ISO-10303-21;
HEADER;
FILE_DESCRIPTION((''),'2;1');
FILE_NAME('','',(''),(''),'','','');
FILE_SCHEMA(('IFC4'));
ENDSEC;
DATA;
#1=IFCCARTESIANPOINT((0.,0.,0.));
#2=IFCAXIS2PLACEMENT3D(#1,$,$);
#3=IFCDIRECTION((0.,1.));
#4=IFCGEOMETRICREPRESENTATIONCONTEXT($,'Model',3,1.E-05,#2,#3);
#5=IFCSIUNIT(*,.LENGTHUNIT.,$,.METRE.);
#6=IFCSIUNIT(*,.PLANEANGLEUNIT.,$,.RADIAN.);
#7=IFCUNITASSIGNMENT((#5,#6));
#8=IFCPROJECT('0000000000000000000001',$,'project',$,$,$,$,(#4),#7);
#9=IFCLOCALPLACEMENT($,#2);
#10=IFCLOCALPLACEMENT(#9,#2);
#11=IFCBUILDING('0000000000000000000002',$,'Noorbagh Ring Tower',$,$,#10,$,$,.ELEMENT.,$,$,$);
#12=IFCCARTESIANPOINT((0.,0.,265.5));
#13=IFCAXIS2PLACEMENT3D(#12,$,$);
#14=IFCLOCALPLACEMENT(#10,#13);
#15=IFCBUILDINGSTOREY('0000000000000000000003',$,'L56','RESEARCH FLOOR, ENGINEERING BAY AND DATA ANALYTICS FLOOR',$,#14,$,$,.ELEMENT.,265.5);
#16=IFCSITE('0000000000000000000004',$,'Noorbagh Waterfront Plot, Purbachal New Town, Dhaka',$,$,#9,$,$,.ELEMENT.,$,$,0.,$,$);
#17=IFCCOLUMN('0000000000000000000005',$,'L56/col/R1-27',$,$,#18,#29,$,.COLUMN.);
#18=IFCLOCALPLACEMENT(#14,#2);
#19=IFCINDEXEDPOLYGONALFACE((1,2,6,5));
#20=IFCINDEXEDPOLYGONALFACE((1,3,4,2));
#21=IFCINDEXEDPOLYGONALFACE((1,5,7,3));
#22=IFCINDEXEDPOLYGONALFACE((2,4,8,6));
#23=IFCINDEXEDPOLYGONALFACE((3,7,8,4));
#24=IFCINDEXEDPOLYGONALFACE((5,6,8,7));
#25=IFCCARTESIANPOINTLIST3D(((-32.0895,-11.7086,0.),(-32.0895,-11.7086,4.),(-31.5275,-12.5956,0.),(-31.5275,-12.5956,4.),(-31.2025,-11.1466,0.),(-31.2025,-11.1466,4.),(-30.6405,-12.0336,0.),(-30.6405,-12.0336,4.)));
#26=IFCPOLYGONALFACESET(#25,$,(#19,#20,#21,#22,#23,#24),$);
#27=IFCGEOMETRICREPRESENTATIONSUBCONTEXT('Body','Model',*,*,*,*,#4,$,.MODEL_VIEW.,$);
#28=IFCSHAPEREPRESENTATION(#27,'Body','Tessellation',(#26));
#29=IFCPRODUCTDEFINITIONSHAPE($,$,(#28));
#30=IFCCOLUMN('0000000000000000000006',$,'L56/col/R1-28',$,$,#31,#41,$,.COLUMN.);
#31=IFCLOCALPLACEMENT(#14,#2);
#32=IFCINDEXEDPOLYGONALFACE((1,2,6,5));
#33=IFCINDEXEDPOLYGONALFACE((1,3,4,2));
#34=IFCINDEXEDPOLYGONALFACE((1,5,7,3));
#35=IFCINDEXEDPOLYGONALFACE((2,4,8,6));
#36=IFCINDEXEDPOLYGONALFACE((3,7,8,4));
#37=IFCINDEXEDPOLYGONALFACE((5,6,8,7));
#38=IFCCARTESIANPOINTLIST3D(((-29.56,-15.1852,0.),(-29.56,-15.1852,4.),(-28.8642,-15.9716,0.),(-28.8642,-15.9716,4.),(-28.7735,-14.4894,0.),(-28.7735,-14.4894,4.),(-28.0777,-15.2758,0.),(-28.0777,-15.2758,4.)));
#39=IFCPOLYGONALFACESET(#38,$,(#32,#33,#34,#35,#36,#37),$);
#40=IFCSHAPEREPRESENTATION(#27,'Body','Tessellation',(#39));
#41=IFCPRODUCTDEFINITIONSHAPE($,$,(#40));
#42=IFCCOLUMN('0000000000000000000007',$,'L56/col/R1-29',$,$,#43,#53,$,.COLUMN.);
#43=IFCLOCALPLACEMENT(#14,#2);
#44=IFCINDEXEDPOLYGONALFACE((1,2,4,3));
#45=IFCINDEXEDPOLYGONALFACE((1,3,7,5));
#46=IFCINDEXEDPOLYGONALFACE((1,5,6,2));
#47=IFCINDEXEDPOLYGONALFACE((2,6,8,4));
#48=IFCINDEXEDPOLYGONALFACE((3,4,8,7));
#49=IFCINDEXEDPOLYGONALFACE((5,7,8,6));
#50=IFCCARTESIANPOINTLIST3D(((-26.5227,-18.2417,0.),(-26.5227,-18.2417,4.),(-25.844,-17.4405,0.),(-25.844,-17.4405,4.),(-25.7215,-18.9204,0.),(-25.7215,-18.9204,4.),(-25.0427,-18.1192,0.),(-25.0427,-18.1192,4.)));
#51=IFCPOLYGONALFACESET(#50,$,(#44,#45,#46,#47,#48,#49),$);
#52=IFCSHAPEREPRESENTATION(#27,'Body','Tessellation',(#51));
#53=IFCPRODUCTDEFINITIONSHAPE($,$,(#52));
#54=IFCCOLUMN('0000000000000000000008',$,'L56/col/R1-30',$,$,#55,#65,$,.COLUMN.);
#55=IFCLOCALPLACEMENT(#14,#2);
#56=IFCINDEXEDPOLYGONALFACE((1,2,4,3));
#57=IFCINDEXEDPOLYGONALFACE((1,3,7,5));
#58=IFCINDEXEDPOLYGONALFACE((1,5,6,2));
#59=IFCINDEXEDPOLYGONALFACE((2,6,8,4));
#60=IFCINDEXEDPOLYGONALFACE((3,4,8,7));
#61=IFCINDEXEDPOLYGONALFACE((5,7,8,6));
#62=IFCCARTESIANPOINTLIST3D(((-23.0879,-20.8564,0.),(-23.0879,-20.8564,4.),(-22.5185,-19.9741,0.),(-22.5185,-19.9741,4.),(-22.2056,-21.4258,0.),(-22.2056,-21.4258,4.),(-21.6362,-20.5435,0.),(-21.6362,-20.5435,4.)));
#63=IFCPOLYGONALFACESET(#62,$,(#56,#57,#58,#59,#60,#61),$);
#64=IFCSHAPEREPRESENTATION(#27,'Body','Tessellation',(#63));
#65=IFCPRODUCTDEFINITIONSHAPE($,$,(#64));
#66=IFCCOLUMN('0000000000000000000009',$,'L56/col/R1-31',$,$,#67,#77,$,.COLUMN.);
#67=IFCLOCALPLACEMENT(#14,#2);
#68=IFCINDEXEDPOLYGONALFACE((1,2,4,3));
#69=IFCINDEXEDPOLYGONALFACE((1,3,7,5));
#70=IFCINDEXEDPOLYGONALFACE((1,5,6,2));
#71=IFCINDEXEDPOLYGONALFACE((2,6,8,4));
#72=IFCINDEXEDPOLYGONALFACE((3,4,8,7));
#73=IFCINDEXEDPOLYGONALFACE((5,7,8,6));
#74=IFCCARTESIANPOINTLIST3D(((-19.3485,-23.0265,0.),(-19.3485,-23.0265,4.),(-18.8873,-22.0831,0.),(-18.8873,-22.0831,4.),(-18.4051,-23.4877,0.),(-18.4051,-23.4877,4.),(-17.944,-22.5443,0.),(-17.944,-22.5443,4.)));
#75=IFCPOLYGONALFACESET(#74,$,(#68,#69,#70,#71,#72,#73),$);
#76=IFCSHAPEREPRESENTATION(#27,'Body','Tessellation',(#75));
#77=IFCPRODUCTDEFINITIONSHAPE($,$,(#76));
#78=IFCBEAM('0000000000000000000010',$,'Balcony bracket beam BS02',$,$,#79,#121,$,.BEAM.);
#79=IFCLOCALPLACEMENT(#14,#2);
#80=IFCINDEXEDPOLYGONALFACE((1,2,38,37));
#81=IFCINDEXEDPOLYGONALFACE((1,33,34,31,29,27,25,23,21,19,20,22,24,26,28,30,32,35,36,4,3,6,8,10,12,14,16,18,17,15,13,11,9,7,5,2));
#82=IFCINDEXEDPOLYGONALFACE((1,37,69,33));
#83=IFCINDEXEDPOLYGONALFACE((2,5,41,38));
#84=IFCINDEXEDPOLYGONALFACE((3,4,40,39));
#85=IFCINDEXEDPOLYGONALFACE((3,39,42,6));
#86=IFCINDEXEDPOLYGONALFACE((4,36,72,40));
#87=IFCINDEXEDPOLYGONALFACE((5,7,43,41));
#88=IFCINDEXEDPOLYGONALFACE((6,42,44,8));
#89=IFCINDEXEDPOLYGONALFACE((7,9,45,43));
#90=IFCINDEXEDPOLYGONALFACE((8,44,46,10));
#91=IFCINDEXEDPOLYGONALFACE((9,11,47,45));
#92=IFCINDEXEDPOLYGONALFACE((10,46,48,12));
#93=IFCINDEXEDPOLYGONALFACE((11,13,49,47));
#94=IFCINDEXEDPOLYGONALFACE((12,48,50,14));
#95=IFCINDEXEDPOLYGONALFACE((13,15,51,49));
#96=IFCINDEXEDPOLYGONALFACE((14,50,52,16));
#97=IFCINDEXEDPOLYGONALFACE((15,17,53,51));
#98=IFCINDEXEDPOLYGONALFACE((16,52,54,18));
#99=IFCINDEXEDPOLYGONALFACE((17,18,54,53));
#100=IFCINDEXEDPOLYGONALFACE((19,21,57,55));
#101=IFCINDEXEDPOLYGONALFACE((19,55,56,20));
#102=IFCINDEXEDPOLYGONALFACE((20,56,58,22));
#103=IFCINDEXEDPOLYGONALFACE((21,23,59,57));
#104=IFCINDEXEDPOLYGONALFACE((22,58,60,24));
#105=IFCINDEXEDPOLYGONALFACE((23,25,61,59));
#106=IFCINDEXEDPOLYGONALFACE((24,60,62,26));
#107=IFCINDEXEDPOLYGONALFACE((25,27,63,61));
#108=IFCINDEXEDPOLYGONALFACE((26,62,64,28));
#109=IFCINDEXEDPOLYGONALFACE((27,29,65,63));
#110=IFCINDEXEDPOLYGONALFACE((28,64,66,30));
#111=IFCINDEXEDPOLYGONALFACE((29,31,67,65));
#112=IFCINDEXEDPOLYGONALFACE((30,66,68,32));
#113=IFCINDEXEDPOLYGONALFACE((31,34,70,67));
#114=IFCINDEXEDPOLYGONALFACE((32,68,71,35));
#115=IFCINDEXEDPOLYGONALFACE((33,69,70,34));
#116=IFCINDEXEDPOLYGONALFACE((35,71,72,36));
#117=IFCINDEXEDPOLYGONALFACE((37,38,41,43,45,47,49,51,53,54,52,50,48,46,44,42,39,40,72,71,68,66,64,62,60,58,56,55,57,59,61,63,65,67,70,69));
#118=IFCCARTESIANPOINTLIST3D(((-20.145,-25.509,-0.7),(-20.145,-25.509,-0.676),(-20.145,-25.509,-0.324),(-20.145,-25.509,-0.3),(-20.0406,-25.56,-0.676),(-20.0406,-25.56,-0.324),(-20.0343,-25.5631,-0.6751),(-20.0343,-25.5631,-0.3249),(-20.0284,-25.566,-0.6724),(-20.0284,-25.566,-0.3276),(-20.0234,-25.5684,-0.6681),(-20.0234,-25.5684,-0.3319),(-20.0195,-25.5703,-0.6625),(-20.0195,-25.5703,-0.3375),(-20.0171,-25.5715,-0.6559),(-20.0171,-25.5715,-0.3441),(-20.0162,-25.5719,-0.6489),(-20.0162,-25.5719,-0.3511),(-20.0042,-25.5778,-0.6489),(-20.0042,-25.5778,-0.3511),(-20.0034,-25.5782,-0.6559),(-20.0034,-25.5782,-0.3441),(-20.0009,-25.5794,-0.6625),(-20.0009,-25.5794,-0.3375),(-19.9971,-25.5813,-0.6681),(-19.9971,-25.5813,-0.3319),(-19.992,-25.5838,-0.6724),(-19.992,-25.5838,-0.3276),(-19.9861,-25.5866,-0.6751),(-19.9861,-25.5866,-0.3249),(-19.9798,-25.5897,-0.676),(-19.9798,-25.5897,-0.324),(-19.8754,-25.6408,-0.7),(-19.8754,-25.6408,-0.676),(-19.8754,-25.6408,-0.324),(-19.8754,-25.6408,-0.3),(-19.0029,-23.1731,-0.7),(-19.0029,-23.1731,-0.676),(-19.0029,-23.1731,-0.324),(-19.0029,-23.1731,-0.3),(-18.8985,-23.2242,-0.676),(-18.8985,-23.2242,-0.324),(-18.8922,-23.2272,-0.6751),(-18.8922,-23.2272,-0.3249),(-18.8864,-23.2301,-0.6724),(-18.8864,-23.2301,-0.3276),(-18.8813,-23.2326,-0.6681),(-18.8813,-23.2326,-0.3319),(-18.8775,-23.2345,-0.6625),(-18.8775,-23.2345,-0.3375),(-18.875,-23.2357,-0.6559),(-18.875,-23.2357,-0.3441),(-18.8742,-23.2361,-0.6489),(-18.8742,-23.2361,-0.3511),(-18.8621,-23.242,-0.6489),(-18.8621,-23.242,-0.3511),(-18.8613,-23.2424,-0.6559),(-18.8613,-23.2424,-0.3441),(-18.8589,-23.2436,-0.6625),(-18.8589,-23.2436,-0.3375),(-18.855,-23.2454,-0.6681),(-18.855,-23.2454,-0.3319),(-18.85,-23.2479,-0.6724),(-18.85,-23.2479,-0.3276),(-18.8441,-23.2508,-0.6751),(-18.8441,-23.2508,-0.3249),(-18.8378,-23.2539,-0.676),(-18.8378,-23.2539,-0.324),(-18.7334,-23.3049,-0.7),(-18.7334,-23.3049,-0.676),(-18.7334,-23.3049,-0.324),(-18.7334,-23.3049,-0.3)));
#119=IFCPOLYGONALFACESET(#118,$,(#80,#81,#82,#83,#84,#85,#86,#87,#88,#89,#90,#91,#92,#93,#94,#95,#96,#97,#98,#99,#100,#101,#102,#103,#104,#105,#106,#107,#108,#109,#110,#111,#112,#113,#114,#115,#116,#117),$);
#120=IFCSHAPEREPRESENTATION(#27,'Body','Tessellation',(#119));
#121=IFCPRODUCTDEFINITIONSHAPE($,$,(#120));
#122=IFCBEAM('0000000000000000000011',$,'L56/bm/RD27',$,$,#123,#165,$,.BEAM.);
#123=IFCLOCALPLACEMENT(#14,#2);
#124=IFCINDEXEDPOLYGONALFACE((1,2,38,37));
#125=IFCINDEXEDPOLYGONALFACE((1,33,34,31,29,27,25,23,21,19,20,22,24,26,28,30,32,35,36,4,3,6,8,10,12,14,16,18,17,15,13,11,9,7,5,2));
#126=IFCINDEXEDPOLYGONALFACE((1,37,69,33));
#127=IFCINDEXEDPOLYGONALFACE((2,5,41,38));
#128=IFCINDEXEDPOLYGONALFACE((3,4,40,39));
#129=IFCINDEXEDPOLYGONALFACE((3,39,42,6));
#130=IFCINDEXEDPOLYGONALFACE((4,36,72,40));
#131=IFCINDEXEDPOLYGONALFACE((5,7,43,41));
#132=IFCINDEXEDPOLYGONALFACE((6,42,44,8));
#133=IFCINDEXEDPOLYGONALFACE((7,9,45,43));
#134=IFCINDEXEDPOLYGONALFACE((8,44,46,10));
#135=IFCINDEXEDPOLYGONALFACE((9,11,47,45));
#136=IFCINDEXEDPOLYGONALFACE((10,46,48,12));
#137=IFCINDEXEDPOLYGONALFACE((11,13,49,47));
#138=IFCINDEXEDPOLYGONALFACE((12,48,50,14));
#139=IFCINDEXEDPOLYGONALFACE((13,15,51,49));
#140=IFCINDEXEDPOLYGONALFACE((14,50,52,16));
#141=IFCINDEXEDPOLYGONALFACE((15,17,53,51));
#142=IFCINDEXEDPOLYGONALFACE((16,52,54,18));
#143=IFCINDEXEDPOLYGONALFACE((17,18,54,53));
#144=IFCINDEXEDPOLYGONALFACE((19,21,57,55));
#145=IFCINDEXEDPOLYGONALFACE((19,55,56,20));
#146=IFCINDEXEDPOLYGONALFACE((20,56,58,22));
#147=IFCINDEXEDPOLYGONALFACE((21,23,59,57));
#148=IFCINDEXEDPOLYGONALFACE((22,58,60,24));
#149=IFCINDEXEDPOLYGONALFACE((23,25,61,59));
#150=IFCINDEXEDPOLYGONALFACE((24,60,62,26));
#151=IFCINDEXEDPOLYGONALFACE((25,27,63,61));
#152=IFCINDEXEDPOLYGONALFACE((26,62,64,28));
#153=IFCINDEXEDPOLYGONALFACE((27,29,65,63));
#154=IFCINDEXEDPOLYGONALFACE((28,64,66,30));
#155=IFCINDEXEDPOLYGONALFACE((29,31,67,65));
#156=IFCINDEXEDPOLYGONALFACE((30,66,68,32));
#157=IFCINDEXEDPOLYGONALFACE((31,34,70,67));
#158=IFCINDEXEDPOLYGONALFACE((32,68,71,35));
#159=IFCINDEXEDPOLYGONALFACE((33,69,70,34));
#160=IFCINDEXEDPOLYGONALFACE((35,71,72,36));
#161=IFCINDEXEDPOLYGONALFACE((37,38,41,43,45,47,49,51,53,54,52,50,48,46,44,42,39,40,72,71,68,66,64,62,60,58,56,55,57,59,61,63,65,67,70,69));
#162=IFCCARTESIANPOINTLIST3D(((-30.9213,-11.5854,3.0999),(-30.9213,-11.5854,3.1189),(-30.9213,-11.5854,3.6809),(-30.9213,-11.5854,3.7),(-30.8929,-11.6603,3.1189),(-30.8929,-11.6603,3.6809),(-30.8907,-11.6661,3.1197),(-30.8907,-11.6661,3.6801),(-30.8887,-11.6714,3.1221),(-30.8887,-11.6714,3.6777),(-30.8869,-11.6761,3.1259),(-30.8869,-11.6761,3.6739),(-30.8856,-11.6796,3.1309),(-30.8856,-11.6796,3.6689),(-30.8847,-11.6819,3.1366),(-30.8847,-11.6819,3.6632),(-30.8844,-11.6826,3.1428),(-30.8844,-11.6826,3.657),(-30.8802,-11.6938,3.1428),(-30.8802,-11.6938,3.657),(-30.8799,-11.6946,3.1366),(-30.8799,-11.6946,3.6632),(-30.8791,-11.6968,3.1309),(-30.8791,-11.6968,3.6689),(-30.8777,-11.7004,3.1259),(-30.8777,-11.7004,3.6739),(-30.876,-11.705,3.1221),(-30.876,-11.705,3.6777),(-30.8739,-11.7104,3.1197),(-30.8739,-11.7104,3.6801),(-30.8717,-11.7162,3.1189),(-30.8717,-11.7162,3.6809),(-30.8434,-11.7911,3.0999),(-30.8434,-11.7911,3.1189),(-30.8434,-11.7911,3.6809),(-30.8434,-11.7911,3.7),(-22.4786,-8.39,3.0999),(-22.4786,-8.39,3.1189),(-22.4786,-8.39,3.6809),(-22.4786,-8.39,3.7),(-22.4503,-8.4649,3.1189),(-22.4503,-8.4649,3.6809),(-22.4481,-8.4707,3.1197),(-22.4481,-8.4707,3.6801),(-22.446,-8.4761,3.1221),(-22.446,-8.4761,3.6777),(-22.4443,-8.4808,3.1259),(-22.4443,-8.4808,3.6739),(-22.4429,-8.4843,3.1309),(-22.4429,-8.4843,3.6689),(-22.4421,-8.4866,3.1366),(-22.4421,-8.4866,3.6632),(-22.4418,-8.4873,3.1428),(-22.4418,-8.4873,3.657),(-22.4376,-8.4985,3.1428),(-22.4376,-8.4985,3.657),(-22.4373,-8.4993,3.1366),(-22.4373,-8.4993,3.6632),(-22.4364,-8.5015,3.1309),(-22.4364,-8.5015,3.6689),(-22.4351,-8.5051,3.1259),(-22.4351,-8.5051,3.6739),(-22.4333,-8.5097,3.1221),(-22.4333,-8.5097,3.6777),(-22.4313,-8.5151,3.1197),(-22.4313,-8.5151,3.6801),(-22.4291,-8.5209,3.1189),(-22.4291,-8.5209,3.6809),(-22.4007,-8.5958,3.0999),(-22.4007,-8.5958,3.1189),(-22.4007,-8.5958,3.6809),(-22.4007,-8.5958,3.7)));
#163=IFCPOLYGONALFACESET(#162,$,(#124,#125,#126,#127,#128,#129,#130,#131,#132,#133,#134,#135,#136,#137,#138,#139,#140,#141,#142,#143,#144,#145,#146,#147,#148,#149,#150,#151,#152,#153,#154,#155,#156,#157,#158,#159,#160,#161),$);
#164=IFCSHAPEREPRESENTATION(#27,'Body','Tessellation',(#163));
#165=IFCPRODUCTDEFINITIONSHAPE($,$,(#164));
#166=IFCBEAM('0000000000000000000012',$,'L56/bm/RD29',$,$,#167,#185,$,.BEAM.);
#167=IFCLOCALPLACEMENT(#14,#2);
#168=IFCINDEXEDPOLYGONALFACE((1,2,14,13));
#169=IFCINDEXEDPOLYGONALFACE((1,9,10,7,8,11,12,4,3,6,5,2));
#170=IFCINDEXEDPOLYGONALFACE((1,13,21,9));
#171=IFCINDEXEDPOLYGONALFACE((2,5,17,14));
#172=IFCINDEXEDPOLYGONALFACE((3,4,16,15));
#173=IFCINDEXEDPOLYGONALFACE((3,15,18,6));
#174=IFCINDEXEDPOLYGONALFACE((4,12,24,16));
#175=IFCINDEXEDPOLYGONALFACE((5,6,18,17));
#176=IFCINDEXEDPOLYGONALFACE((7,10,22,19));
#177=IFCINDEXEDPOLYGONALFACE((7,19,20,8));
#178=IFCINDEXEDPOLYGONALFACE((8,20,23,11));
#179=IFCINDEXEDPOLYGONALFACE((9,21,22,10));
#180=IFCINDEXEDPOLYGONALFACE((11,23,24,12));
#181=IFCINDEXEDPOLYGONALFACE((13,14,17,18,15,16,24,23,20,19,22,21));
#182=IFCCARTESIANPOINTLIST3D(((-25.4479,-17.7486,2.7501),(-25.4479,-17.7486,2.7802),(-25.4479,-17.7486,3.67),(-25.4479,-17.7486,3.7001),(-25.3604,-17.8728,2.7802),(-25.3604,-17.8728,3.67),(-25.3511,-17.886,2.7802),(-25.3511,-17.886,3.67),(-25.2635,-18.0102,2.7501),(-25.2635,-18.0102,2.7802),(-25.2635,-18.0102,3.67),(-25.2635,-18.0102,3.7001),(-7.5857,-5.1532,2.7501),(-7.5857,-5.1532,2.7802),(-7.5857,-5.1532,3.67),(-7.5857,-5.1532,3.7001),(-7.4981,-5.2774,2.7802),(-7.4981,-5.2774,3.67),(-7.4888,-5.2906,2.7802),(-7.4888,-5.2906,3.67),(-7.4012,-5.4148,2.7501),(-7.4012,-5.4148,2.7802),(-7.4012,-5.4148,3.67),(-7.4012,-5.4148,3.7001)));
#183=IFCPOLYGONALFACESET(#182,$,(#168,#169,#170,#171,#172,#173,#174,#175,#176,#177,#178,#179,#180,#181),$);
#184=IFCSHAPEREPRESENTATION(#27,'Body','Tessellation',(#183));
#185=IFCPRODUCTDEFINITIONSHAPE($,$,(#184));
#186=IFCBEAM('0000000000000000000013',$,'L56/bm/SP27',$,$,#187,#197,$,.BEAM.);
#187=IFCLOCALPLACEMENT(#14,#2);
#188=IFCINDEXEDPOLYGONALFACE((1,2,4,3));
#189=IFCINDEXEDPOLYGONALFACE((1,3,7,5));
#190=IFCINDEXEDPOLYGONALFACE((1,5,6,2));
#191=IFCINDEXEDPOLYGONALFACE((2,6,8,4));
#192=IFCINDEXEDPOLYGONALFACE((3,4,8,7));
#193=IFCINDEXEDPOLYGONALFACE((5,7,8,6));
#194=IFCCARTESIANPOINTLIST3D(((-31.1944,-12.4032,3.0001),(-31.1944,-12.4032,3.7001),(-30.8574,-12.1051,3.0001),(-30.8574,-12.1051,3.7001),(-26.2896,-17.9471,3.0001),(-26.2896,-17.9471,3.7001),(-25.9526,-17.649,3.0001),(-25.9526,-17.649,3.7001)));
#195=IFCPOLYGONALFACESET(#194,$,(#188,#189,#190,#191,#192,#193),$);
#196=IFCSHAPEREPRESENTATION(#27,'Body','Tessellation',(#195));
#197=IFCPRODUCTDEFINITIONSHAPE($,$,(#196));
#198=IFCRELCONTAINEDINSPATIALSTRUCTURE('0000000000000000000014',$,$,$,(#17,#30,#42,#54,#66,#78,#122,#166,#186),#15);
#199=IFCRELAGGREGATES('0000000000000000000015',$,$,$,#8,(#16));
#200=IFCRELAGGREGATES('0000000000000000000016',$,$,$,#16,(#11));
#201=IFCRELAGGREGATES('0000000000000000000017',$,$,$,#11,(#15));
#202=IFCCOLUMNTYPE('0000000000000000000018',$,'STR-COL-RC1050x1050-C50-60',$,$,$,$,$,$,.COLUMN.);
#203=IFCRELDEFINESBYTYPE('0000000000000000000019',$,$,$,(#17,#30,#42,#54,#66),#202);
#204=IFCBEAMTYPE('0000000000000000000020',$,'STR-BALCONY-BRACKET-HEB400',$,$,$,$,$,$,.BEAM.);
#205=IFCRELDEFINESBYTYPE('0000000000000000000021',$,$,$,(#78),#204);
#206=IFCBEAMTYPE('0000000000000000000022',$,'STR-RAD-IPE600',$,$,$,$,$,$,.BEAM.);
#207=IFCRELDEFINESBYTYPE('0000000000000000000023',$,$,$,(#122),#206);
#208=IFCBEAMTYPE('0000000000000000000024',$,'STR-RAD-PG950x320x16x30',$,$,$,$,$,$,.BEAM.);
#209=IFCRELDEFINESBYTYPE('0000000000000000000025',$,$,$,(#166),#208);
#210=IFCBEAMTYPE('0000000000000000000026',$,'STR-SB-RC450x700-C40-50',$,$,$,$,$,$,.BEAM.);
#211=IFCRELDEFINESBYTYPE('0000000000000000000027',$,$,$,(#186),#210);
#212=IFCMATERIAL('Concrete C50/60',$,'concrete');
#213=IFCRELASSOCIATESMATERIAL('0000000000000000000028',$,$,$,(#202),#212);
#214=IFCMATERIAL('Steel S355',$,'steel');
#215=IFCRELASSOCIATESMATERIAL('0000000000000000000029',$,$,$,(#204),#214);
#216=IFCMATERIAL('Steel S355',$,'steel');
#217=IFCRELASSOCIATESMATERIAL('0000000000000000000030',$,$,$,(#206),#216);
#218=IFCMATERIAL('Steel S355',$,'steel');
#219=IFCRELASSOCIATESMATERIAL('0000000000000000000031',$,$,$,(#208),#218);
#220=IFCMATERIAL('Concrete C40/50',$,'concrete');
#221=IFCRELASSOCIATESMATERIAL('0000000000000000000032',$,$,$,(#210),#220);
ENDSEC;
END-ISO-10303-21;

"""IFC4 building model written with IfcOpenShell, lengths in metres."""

from ifc_helpers import new_model, si_unit, direction, frame, origin, origin_2d, place, context, subcontext, project, spatial, rectangle, i_section, extrude, material, material_profile, profile_set, type_object, element, save


model = new_model("IFC4")

# Units and contexts
model_context = context("Model", 3, precision=1e-05, world=origin(), true_north=direction((0.0, 1.0)))
body_context = subcontext(model_context, "Body", "Model", "MODEL_VIEW")
ifc_project = project(units=[si_unit("LENGTHUNIT", "METRE"), si_unit("PLANEANGLEUNIT", "RADIAN")], contexts=[model_context])

# Site, building, storey
site_placement = place(None, origin())
site = spatial("IfcSite", under=ifc_project, at=site_placement, Name="Noorbagh Waterfront Plot, Purbachal New Town, Dhaka", CompositionType="ELEMENT", RefElevation=0.0)
building_placement = place(site_placement, origin())
building = spatial("IfcBuilding", under=site, at=building_placement, Name="Noorbagh Ring Tower", CompositionType="ELEMENT")
storey_placement = place(building_placement, frame((0.0, 0.0, 265.5)))
storey = spatial("IfcBuildingStorey", under=building, at=storey_placement, Name="L56", Description="RESEARCH FLOOR, ENGINEERING BAY AND DATA ANALYTICS FLOOR", CompositionType="ELEMENT", Elevation=265.5)

# Columns
ifc_material_1 = material(Name="Concrete C50/60", Category="concrete")
ifc_material_profile_1 = material_profile(ifc_material_1, rectangle(XDim=1.05, YDim=1.05, at=origin_2d()), Name="RC1050x1050")
ifc_profile_set_1 = profile_set([ifc_material_profile_1], Name="Concrete C50/60")
column_type = type_object("IfcColumnType", Name="STR-COL-RC1050x1050-C50-60", PredefinedType="COLUMN", material=ifc_profile_set_1)
for number, where, z_axis, x_axis, name in (
    (1, (-31.365, -11.8711, 0.0), (0.0, 0.0, 1.0), (0.53519, -0.844731, 0.0), "L56/col/R1-27"),
    (2, (-28.8188, -15.2305, 0.0), (0.0, 0.0, 1.0), (0.662636, -0.748942, 0.0), "L56/col/R1-28"),
    (3, (-25.7827, -18.1804, 0.0), (0.0, 0.0, 1.0), (0.763035, -0.646357, 0.0), "L56/col/R1-29"),
    (4, (-22.3621, -20.7, 0.0), (0.0, 0.0, 1.0), (0.840248, -0.542203, 0.0), "L56/col/R1-30"),
    (5, (-18.6462, -22.7854, 0.0), (0.0, 0.0, 1.0), (0.898399, -0.43918, 0.0), "L56/col/R1-31"),
):
    element("IfcColumn", number, at=place(storey_placement, frame(where, z_axis=z_axis, x_axis=x_axis)), inside=storey, type_object=column_type, Name=name, PredefinedType="COLUMN", context=body_context, shape_type="SweptSolid", body=[
        extrude(rectangle(XDim=1.05, YDim=1.05, at=origin_2d()), origin(), (0.0, 0.0, 1.0), 4.0),
    ])

# Beams
ifc_material_2 = material(Name="Steel S355", Category="steel")
ifc_material_profile_2 = material_profile(ifc_material_2, i_section(OverallWidth=0.3, OverallDepth=0.3999, WebThickness=0.0134, FlangeThickness=0.0239, FilletRadius=0.0271, at=origin_2d()), Name="HEB400")
ifc_profile_set_2 = profile_set([ifc_material_profile_2], Name="Steel S355")
beam_type_1 = type_object("IfcBeamType", Name="STR-BALCONY-BRACKET-HEB400", PredefinedType="BEAM", material=ifc_profile_set_2)
beam_1_placement = place(storey_placement, frame((-18.8682, -23.239, -0.5), z_axis=(-0.439234, -0.898373, 0.0), x_axis=(0.898373, -0.439234, 0.0)))
element("IfcBeam", 6, at=beam_1_placement, inside=storey, type_object=beam_type_1, Name="Balcony bracket beam BS02", PredefinedType="BEAM", context=body_context, shape_type="SweptSolid", body=[
    extrude(i_section(OverallWidth=0.3, OverallDepth=0.3999, WebThickness=0.0134, FlangeThickness=0.0239, FilletRadius=0.0271, at=origin_2d()), origin(), (0.0, 0.0, 1.0), 2.6001),
])
ifc_material_3 = material(Name="Steel S355", Category="steel")
ifc_material_profile_3 = material_profile(ifc_material_3, i_section(OverallWidth=0.22, OverallDepth=0.6001, WebThickness=0.012, FlangeThickness=0.019, FilletRadius=0.0239, at=origin_2d()), Name="IPE600")
ifc_profile_set_3 = profile_set([ifc_material_profile_3], Name="Steel S355")
beam_type_2 = type_object("IfcBeamType", Name="STR-RAD-IPE600", PredefinedType="BEAM", material=ifc_profile_set_3)
beam_2_placement = place(storey_placement, frame((-30.8823, -11.6882, 3.3999), z_axis=(0.935257, 0.35397, 0.0), x_axis=(-0.35397, 0.935257, 0.0)))
element("IfcBeam", 7, at=beam_2_placement, inside=storey, type_object=beam_type_2, Name="L56/bm/RD27", PredefinedType="BEAM", context=body_context, shape_type="SweptSolid", body=[
    extrude(i_section(OverallWidth=0.22, OverallDepth=0.6001, WebThickness=0.012, FlangeThickness=0.019, FilletRadius=0.0239, at=origin_2d()), origin(), (0.0, 0.0, 1.0), 9.0271),
])
ifc_material_4 = material(Name="Steel S355", Category="steel")
ifc_material_profile_4 = material_profile(ifc_material_4, i_section(OverallWidth=0.3201, OverallDepth=0.95, WebThickness=0.0161, FlangeThickness=0.03, at=origin_2d()), Name="PG950x320x16x30")
ifc_profile_set_4 = profile_set([ifc_material_profile_4], Name="Steel S355")
beam_type_3 = type_object("IfcBeamType", Name="STR-RAD-PG950x320x16x30", PredefinedType="BEAM", material=ifc_profile_set_4)
beam_3_placement = place(storey_placement, frame((-25.3557, -17.8794, 3.2251), z_axis=(0.817253, 0.576279, 0.0), x_axis=(-0.576279, 0.817253, 0.0)))
element("IfcBeam", 8, at=beam_3_placement, inside=storey, type_object=beam_type_3, Name="L56/bm/RD29", PredefinedType="BEAM", context=body_context, shape_type="SweptSolid", body=[
    extrude(i_section(OverallWidth=0.3201, OverallDepth=0.95, WebThickness=0.0161, FlangeThickness=0.03, at=origin_2d()), origin(), (0.0, 0.0, 1.0), 21.8564),
])
ifc_material_5 = material(Name="Concrete C40/50", Category="concrete")
ifc_material_profile_5 = material_profile(ifc_material_5, rectangle(XDim=0.45, YDim=0.7, at=origin_2d()), Name="RC450x700")
ifc_profile_set_5 = profile_set([ifc_material_profile_5], Name="Concrete C40/50")
beam_type_4 = type_object("IfcBeamType", Name="STR-SB-RC450x700-C40-50", PredefinedType="BEAM", material=ifc_profile_set_5)
beam_4_placement = place(storey_placement, frame((-31.0259, -12.2542, 3.3501), z_axis=(0.662614, -0.748961, 0.0), x_axis=(0.748961, 0.662614, 0.0)))
element("IfcBeam", 9, at=beam_4_placement, inside=storey, type_object=beam_type_4, Name="L56/bm/SP27", PredefinedType="BEAM", context=body_context, shape_type="SweptSolid", body=[
    extrude(rectangle(XDim=0.45, YDim=0.7, at=origin_2d()), origin(), (0.0, 0.0, 1.0), 7.4021),
])

save(model, "model.ifc")
